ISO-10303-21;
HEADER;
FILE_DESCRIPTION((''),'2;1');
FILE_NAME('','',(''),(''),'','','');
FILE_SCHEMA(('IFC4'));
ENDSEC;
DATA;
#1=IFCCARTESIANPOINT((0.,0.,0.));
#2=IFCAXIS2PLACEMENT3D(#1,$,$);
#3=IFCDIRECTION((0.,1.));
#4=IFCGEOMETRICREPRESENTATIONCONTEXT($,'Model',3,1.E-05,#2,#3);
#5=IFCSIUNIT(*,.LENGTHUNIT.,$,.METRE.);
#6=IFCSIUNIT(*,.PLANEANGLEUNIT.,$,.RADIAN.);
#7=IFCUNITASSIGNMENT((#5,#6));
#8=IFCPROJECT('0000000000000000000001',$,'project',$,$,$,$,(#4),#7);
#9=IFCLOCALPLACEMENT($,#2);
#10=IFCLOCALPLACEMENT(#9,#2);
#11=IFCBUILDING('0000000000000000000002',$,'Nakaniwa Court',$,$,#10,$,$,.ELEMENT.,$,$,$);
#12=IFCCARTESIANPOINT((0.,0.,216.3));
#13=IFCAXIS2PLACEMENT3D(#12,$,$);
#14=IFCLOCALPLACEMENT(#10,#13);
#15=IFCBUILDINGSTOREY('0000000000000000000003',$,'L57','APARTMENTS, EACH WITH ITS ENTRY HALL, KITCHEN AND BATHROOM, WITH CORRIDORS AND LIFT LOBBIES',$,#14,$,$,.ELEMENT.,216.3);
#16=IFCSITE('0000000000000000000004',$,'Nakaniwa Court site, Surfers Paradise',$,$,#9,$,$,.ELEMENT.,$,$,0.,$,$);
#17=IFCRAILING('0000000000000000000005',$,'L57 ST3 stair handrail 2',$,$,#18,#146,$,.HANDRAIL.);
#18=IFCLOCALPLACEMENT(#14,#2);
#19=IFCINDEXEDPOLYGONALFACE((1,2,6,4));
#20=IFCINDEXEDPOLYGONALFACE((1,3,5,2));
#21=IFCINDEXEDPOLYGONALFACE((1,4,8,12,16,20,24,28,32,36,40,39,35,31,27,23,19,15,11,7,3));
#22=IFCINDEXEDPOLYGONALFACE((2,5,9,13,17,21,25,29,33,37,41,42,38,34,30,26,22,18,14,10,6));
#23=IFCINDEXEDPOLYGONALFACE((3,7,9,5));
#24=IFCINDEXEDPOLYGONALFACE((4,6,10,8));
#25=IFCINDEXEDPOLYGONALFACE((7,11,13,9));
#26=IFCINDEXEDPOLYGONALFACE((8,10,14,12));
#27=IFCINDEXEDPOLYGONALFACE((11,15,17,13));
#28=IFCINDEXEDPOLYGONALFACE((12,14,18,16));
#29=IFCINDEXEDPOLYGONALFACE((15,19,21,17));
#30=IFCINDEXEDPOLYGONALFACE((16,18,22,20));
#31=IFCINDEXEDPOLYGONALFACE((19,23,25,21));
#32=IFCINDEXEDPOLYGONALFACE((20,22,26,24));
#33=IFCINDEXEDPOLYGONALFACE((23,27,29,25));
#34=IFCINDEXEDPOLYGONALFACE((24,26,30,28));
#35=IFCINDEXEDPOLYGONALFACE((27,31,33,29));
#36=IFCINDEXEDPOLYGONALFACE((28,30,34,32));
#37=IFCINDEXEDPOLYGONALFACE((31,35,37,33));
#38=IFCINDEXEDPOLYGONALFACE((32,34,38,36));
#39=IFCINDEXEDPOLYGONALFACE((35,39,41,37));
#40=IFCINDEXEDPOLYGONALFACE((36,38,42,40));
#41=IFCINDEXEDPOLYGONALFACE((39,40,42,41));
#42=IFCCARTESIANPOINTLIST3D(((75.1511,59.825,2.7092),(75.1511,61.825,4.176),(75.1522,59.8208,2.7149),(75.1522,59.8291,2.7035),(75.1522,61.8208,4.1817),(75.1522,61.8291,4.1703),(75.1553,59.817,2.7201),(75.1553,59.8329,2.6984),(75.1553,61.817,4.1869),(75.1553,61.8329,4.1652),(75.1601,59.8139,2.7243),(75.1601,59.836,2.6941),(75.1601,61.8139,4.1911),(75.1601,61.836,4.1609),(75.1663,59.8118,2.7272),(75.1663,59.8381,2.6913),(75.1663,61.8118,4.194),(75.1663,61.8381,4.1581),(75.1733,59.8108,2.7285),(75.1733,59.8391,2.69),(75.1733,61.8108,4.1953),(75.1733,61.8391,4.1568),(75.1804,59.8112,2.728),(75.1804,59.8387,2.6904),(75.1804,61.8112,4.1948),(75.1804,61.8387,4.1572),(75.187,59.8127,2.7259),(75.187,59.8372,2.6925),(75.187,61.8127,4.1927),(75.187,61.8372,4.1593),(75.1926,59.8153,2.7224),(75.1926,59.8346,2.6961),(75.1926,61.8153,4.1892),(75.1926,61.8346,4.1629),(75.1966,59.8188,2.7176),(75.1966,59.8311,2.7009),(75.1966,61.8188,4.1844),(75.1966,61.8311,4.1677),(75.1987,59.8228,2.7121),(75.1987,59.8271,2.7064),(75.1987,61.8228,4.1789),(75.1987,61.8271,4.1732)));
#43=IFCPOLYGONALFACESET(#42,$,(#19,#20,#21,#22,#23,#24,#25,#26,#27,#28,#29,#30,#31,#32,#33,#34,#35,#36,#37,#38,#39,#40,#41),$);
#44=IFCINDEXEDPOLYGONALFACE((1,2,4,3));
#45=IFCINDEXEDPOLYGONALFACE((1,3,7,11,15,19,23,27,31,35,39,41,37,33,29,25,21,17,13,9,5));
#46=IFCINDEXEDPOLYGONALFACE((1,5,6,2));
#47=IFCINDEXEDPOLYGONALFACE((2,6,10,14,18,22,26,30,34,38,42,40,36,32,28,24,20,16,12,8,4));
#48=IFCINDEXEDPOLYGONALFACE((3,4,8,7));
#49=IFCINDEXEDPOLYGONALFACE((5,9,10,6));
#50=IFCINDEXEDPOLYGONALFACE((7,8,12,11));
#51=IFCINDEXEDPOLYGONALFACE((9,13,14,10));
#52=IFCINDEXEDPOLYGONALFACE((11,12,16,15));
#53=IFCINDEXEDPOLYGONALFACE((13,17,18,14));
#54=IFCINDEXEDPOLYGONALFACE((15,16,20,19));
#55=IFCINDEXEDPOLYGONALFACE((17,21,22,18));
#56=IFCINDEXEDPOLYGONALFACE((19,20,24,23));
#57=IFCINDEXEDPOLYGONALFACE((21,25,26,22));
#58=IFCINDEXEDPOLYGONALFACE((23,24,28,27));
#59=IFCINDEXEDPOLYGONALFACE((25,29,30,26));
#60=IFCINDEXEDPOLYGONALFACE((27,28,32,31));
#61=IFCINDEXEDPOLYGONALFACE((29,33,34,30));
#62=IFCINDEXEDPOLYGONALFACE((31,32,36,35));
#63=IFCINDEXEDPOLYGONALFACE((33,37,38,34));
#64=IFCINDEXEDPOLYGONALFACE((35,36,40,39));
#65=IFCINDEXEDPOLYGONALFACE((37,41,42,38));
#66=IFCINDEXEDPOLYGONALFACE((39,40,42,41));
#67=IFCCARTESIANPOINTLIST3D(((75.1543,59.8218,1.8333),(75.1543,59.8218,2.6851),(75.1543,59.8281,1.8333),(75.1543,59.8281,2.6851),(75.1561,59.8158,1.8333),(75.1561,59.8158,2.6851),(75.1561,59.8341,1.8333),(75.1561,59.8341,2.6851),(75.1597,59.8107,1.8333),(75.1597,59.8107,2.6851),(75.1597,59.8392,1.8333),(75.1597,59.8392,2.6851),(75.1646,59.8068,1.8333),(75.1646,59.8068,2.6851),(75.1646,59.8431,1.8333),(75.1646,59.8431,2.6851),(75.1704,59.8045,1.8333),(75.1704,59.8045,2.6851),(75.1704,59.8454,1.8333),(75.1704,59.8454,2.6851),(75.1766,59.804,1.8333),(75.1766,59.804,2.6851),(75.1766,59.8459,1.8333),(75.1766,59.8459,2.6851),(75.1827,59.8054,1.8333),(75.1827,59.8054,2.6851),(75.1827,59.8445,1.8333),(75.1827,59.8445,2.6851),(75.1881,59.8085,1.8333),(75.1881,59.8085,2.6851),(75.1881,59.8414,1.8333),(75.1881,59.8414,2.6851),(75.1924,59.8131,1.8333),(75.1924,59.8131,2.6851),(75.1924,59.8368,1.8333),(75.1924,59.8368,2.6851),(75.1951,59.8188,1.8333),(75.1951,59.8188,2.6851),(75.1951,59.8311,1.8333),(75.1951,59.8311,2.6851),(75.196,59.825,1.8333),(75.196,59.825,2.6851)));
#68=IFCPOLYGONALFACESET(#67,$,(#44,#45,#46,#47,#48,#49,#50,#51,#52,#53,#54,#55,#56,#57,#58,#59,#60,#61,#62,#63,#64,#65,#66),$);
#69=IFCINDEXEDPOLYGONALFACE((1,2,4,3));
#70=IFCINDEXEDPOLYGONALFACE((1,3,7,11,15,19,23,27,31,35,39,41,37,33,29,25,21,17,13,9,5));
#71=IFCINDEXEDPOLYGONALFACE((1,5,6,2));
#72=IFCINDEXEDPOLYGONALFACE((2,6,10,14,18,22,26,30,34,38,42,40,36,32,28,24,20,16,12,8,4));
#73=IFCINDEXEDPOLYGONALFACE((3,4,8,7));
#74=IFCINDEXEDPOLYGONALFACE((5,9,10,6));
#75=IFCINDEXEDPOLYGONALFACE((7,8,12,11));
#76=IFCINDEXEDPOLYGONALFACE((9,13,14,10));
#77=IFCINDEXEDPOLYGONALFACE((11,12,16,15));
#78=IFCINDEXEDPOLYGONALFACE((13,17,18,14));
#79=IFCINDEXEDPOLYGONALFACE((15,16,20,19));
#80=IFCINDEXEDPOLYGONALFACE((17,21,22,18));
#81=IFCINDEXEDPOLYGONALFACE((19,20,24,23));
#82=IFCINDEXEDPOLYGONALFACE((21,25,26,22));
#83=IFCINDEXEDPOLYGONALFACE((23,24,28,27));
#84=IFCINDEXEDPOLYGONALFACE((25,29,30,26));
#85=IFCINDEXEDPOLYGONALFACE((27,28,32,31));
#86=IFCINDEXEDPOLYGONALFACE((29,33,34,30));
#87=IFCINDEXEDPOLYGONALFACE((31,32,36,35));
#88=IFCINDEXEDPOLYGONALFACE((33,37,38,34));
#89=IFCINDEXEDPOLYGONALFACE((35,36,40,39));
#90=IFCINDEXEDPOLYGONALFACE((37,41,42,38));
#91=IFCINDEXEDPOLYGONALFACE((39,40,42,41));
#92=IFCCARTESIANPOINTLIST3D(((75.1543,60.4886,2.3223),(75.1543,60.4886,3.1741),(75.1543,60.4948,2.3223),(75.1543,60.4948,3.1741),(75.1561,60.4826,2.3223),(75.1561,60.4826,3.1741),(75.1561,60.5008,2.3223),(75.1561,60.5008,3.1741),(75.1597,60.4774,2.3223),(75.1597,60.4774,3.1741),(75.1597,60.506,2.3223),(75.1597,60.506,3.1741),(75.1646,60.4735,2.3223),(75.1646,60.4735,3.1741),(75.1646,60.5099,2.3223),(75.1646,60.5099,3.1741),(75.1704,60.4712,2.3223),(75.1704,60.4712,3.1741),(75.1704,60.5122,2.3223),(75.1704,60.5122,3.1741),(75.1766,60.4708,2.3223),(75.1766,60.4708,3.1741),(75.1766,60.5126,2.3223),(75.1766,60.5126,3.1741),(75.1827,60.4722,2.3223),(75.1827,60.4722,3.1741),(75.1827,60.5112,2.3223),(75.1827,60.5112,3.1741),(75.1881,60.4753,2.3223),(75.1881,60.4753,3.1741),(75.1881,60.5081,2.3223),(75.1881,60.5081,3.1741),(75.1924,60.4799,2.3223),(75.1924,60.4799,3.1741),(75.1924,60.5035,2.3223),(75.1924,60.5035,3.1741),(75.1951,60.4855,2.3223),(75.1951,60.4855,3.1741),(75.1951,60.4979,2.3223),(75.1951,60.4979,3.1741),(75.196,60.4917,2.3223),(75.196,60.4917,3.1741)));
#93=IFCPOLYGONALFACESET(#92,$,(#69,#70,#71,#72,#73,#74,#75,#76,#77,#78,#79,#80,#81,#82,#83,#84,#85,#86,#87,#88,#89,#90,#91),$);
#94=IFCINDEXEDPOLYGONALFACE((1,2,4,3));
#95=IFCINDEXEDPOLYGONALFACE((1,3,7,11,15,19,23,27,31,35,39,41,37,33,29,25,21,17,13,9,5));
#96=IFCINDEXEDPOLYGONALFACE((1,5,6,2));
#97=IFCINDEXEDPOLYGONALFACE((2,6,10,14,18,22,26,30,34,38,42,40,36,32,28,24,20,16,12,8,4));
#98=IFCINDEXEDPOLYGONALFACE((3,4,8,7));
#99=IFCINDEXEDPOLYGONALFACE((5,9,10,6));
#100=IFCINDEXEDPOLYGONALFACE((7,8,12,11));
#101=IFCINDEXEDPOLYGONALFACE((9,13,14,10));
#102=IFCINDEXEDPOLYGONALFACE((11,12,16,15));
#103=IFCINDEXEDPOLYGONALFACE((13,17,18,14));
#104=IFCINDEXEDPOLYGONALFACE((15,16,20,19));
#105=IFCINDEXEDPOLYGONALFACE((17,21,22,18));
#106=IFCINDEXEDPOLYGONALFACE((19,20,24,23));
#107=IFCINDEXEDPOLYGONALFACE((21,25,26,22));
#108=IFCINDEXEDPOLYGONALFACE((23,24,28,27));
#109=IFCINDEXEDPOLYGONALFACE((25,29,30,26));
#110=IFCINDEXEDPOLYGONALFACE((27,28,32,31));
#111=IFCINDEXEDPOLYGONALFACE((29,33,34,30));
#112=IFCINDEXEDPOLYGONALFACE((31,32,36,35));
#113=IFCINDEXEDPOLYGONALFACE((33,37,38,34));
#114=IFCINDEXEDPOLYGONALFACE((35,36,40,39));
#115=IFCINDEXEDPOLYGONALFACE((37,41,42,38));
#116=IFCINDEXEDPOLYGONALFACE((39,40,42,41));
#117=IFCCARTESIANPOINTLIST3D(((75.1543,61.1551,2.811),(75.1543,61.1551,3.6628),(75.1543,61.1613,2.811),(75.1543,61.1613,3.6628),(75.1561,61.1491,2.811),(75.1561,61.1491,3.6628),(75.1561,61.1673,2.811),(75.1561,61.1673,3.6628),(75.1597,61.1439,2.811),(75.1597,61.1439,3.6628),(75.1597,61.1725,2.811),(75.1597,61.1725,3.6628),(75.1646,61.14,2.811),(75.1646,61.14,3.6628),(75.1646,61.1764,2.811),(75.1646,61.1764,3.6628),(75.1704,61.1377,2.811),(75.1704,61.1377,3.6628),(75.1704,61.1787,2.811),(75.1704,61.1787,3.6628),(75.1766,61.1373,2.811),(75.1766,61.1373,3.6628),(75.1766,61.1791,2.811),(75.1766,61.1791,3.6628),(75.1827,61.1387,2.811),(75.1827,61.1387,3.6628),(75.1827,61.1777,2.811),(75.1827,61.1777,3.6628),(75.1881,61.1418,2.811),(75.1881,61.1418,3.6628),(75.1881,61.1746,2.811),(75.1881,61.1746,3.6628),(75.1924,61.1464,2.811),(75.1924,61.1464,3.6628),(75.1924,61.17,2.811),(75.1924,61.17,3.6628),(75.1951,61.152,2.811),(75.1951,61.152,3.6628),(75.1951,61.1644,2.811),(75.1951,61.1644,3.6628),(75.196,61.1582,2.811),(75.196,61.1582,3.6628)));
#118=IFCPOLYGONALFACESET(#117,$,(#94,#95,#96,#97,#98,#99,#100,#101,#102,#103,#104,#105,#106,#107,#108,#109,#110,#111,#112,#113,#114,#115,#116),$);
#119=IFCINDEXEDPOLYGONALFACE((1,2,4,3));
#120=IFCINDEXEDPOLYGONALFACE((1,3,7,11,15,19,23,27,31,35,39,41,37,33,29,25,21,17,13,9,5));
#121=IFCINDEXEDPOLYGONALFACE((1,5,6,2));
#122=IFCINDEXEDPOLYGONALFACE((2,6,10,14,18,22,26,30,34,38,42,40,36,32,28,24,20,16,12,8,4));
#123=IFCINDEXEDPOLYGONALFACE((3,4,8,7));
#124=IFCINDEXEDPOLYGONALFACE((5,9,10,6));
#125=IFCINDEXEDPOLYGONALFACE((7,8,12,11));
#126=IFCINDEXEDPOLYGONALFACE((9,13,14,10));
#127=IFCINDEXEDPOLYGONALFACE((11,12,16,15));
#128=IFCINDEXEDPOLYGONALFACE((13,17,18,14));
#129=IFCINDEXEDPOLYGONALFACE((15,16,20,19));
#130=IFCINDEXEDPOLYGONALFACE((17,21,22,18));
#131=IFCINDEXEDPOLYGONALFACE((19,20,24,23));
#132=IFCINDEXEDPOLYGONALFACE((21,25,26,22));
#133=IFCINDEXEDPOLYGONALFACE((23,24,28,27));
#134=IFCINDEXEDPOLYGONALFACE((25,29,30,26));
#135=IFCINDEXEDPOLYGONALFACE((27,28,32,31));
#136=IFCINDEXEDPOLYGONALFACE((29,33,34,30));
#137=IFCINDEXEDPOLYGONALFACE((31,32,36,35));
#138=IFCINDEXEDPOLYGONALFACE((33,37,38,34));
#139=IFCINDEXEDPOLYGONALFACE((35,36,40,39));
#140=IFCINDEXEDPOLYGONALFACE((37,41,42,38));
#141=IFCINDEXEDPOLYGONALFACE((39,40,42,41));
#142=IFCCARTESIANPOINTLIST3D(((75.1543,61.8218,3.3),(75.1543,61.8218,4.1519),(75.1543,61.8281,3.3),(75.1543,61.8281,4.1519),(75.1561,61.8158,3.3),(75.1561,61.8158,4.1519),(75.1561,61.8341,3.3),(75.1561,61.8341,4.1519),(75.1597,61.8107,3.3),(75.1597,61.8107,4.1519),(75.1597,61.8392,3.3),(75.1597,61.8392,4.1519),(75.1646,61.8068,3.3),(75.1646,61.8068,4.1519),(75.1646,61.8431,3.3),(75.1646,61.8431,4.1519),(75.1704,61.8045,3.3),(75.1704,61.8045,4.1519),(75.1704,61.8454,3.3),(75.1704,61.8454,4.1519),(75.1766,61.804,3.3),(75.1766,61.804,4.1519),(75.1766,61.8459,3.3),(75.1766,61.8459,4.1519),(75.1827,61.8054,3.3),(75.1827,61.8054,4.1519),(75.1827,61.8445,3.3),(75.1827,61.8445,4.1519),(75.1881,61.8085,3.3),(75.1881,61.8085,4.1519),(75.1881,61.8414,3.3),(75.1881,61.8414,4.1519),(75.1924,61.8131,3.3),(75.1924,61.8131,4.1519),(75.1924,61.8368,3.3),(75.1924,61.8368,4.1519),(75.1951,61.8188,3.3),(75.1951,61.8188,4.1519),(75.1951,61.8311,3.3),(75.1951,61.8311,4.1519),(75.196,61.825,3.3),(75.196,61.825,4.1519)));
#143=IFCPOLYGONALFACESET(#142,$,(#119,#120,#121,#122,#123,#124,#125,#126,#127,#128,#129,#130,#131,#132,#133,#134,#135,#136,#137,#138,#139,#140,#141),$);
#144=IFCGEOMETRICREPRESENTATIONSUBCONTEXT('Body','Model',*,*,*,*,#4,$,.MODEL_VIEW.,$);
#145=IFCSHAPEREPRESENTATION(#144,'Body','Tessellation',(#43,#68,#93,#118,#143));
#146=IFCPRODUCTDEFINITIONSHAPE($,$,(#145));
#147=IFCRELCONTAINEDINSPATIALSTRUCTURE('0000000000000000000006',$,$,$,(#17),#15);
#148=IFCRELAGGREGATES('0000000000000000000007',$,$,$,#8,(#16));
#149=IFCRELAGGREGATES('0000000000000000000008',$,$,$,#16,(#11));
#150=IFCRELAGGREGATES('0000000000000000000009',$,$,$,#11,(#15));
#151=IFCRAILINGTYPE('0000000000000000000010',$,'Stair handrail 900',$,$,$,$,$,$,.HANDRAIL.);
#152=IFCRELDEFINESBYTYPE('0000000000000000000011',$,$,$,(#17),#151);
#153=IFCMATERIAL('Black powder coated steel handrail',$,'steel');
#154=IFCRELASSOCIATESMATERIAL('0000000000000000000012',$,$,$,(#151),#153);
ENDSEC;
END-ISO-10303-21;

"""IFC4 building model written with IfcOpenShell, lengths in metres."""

from ifc_helpers import new_model, si_unit, direction, frame, origin, origin_2d, place, context, subcontext, project, spatial, circle, extrude, material, type_object, element, save


model = new_model("IFC4")

# Units and contexts
model_context = context("Model", 3, precision=1e-05, world=origin(), true_north=direction((0.0, 1.0)))
body_context = subcontext(model_context, "Body", "Model", "MODEL_VIEW")
ifc_project = project(units=[si_unit("LENGTHUNIT", "METRE"), si_unit("PLANEANGLEUNIT", "RADIAN")], contexts=[model_context])

# Site, building, storey
site_placement = place(None, origin())
site = spatial("IfcSite", under=ifc_project, at=site_placement, Name="Nakaniwa Court site, Surfers Paradise", CompositionType="ELEMENT", RefElevation=0.0)
building_placement = place(site_placement, origin())
building = spatial("IfcBuilding", under=site, at=building_placement, Name="Nakaniwa Court", CompositionType="ELEMENT")
storey_placement = place(building_placement, frame((0.0, 0.0, 216.3)))
storey = spatial("IfcBuildingStorey", under=building, at=storey_placement, Name="L57", Description="APARTMENTS, EACH WITH ITS ENTRY HALL, KITCHEN AND BATHROOM, WITH CORRIDORS AND LIFT LOBBIES", CompositionType="ELEMENT", Elevation=216.3)

# Railing
ifc_material_1 = material(Name="Black powder coated steel handrail", Category="steel")
railing_type_1 = type_object("IfcRailingType", Name="Stair handrail 900", PredefinedType="HANDRAIL", material=ifc_material_1)
railing_1_placement = place(storey_placement, frame((75.175, 59.825, 1.8333)))
element("IfcRailing", 1, at=railing_1_placement, inside=storey, type_object=railing_type_1, Name="L57 ST3 stair handrail 2", PredefinedType="HANDRAIL", context=body_context, shape_type="SweptSolid", body=[
    extrude(circle(Radius=0.0239, at=origin_2d()), frame((0.0, 0.0, 0.876), z_axis=(0.0, 0.80638, 0.591398), x_axis=(-1.0, 0.0, 0.0)), (0.0, 0.0, 1.0), 2.4802),
    extrude(circle(Radius=0.021, at=origin_2d()), origin(), (0.0, 0.0, 1.0), 0.8518),
    extrude(circle(Radius=0.021, at=origin_2d()), frame((0.0, 0.6667, 0.489)), (0.0, 0.0, 1.0), 0.8518),
    extrude(circle(Radius=0.021, at=origin_2d()), frame((0.0, 1.3333, 0.9778)), (0.0, 0.0, 1.0), 0.8518),
    extrude(circle(Radius=0.021, at=origin_2d()), frame((0.0, 2.0, 1.4668)), (0.0, 0.0, 1.0), 0.8518),
])

save(model, "model.ifc")
